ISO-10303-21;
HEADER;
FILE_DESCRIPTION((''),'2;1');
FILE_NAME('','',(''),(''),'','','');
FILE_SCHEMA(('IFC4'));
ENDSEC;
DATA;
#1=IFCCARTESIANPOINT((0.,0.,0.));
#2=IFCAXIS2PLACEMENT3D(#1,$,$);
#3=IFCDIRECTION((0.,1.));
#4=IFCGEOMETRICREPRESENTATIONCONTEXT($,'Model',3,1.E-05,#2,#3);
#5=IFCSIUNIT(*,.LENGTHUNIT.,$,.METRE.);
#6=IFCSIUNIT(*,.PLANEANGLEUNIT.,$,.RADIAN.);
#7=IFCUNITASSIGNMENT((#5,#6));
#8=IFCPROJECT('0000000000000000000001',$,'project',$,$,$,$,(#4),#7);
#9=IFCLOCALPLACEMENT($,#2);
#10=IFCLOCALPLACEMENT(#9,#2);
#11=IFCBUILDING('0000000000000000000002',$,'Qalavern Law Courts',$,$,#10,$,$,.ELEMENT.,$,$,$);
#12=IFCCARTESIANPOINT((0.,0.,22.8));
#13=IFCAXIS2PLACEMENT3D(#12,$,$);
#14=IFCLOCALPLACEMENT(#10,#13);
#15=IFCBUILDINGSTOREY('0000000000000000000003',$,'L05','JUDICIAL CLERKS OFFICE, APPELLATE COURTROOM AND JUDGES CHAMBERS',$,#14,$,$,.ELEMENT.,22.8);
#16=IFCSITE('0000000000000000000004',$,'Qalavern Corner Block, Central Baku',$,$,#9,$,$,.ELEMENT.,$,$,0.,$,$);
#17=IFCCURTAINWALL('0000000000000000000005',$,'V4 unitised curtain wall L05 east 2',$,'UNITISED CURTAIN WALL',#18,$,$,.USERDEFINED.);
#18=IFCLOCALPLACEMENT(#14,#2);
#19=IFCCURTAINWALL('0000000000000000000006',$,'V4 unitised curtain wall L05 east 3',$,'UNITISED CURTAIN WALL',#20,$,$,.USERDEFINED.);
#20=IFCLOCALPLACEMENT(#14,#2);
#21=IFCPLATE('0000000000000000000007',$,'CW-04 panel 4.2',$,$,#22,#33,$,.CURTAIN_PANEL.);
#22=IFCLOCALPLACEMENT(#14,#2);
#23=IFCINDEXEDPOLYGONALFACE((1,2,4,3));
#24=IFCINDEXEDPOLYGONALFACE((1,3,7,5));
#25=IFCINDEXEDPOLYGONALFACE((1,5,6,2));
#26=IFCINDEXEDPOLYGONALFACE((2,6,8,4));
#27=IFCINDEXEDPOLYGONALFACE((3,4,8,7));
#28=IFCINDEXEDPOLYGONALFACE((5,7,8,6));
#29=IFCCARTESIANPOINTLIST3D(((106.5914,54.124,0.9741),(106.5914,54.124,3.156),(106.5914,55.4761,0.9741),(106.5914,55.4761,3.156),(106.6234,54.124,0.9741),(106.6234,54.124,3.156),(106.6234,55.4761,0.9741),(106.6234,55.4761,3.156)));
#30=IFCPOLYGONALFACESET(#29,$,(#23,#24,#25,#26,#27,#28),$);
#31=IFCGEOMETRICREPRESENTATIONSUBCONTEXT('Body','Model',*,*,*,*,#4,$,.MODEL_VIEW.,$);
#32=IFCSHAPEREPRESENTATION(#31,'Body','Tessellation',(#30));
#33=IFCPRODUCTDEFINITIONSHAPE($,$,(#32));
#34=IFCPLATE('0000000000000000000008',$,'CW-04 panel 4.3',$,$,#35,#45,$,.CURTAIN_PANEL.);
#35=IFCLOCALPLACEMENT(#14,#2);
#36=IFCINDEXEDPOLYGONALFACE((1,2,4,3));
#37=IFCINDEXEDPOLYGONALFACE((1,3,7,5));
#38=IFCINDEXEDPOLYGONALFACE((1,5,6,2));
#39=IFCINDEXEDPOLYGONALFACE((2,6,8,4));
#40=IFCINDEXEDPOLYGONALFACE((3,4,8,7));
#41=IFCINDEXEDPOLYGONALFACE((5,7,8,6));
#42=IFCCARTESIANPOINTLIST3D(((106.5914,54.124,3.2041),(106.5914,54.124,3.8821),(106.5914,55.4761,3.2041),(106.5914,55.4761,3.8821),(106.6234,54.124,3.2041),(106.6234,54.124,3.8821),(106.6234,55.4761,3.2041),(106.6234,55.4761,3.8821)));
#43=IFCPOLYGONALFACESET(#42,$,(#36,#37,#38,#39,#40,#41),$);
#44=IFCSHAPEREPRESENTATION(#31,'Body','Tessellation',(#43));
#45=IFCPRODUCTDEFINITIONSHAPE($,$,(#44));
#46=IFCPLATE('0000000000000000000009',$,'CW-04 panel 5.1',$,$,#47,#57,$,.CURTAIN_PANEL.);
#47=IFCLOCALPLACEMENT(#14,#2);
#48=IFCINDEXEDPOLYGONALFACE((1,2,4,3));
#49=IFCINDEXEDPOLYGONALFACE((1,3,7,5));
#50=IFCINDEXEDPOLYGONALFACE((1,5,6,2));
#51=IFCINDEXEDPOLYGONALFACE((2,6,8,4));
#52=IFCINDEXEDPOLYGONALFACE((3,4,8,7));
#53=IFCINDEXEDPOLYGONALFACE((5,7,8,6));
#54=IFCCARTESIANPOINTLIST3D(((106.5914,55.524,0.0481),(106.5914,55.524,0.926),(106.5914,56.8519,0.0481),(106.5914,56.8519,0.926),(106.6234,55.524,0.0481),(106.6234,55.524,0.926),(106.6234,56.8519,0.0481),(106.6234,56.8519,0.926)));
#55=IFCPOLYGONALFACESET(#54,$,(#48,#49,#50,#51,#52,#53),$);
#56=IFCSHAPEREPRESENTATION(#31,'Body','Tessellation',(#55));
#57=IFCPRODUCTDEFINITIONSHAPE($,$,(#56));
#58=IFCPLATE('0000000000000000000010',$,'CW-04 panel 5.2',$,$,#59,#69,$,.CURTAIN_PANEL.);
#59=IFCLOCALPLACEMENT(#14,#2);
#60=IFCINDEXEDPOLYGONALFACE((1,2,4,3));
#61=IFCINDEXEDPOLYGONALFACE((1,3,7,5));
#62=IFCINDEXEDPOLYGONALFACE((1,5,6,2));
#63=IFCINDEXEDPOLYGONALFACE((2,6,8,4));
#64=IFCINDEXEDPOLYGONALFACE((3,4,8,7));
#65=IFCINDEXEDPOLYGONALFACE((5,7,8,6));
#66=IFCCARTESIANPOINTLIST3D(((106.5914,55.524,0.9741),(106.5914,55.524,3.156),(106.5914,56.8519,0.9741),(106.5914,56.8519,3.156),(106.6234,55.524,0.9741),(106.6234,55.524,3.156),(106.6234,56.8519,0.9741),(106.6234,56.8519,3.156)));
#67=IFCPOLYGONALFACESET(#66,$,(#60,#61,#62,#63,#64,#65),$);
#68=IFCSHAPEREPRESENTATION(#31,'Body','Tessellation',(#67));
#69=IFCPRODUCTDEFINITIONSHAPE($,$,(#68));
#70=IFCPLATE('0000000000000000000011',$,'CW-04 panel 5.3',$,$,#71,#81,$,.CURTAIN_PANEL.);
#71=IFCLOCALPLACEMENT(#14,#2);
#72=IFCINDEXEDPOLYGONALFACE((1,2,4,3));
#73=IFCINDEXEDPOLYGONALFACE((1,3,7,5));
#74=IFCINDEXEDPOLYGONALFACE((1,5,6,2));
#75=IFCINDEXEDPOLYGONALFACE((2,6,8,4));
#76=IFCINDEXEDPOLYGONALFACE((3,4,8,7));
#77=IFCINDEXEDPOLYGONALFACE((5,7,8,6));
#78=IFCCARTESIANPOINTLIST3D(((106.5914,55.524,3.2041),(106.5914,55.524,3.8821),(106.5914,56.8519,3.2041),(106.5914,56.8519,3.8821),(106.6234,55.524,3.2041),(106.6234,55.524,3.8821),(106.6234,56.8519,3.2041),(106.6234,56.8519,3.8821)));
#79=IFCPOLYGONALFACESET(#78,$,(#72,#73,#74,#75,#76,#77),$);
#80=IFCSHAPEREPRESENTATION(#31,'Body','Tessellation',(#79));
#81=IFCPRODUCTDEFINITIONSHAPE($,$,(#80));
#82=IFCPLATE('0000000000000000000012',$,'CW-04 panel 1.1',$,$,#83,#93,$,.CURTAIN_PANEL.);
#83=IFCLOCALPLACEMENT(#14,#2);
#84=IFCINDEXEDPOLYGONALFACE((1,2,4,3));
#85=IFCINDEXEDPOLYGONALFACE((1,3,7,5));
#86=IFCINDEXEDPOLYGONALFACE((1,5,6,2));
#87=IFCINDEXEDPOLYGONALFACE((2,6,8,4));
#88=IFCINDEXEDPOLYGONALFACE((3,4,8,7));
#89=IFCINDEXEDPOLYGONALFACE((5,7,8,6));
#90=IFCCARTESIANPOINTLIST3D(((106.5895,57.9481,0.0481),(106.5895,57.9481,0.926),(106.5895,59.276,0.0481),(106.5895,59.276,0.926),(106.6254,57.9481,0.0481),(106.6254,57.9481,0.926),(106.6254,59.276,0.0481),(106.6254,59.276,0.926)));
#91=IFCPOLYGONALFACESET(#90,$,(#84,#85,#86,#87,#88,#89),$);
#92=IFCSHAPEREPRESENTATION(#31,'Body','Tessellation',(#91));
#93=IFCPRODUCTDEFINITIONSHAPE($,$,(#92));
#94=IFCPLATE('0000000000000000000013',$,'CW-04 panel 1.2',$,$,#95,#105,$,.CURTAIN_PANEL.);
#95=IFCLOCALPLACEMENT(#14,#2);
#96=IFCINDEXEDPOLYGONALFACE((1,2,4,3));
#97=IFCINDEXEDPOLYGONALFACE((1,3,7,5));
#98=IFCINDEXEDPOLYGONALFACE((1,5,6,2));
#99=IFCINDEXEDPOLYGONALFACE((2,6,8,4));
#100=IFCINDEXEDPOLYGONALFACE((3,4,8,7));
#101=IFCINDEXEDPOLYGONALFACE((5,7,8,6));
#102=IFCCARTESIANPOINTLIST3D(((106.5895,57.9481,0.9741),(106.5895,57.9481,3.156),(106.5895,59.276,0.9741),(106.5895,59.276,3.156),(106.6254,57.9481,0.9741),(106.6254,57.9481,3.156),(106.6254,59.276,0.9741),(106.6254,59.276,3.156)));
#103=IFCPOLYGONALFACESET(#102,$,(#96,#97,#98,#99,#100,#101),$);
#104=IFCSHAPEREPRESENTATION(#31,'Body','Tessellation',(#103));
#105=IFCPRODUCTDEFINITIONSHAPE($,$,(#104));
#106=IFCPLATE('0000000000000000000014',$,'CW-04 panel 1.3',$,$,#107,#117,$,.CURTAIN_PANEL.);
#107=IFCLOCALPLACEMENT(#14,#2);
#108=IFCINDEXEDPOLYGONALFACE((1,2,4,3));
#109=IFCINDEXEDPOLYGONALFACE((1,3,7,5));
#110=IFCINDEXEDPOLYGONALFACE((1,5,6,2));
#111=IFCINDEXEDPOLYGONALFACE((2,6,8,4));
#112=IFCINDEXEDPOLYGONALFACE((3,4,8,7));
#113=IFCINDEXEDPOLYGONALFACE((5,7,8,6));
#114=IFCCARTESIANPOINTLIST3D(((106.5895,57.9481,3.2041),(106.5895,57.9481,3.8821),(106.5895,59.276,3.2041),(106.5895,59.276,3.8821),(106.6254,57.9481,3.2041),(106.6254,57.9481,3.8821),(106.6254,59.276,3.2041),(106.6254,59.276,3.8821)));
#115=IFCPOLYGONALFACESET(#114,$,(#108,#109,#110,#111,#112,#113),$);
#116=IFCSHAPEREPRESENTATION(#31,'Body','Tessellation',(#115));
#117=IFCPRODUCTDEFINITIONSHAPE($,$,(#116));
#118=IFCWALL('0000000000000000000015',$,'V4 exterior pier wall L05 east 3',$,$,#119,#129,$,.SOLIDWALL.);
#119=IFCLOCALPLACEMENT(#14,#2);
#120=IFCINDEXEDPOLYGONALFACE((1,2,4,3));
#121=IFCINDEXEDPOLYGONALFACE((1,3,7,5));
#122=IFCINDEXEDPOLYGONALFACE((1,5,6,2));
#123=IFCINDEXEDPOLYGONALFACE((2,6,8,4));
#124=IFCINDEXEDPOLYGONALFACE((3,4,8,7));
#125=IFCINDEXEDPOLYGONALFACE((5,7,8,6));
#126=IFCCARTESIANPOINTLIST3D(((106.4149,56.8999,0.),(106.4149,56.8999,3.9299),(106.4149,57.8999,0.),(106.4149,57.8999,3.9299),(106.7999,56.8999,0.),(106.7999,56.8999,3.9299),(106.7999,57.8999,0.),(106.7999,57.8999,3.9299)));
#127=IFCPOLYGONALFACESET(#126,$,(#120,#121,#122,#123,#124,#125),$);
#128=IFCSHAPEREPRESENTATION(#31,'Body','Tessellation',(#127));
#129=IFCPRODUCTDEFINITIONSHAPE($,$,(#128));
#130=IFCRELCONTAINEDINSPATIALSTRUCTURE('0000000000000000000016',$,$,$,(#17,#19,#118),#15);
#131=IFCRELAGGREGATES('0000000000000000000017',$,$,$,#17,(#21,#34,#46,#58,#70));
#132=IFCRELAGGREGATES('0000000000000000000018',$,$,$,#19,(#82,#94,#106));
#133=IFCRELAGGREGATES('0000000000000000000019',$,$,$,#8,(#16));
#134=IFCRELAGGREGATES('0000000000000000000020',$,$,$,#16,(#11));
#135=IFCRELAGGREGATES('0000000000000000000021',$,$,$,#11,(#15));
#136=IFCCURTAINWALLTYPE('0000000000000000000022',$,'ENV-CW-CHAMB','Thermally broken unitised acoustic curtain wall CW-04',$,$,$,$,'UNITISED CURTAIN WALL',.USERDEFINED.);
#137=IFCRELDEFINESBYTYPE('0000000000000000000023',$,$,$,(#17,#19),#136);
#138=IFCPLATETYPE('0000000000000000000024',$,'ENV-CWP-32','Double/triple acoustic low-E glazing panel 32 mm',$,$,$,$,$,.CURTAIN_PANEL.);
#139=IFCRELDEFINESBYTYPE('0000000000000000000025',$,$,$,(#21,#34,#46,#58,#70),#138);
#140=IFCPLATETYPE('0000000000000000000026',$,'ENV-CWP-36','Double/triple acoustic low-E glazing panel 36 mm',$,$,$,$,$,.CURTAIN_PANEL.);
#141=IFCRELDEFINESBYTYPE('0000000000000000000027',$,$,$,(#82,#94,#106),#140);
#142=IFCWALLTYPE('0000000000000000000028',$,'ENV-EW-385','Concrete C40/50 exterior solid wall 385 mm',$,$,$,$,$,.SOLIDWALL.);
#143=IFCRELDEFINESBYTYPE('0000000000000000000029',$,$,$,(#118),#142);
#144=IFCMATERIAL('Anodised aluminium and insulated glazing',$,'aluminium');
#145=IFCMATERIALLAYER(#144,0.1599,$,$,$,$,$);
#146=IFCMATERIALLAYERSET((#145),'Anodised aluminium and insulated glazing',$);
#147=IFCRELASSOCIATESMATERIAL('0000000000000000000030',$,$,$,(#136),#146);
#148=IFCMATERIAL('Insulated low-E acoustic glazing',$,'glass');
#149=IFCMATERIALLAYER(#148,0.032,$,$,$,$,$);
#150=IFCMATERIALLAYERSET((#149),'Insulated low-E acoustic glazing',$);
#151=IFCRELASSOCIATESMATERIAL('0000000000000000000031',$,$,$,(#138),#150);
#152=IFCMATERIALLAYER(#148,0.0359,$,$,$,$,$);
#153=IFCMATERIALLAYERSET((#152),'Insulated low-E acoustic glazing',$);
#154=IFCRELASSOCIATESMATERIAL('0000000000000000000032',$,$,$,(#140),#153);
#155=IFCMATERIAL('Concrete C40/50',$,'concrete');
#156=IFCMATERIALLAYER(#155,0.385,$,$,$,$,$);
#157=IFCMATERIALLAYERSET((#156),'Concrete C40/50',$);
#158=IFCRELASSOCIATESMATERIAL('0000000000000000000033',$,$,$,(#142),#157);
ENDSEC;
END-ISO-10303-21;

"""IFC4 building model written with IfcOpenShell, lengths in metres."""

from ifc_helpers import new_model, si_unit, direction, frame, frame_2d, origin, origin_2d, place, context, subcontext, project, spatial, rectangle, extrude, material, layer, layer_set, type_object, element, aggregate, save


model = new_model("IFC4")

# Units and contexts
model_context = context("Model", 3, precision=1e-05, world=origin(), true_north=direction((0.0, 1.0)))
body_context = subcontext(model_context, "Body", "Model", "MODEL_VIEW")
ifc_project = project(units=[si_unit("LENGTHUNIT", "METRE"), si_unit("PLANEANGLEUNIT", "RADIAN")], contexts=[model_context])

# Site, building, storey
site_placement = place(None, origin())
site = spatial("IfcSite", under=ifc_project, at=site_placement, Name="Qalavern Corner Block, Central Baku", CompositionType="ELEMENT", RefElevation=0.0)
building_placement = place(site_placement, origin())
building = spatial("IfcBuilding", under=site, at=building_placement, Name="Qalavern Law Courts", CompositionType="ELEMENT")
storey_placement = place(building_placement, frame((0.0, 0.0, 22.8)))
storey = spatial("IfcBuildingStorey", under=building, at=storey_placement, Name="L05", Description="JUDICIAL CLERKS OFFICE, APPELLATE COURTROOM AND JUDGES CHAMBERS", CompositionType="ELEMENT", Elevation=22.8)

# Curtain wall
ifc_material_1 = material(Name="Anodised aluminium and insulated glazing", Category="aluminium")
ifc_layer_1 = layer(ifc_material_1, 0.1599)
ifc_layer_set_1 = layer_set([ifc_layer_1], Name="Anodised aluminium and insulated glazing")
curtain_wall_type = type_object("IfcCurtainWallType", Name="ENV-CW-CHAMB", Description="Thermally broken unitised acoustic curtain wall CW-04", ElementType="UNITISED CURTAIN WALL", PredefinedType="USERDEFINED", material=ifc_layer_set_1)
curtain_wall_1_placement = place(storey_placement, origin())
curtain_wall_1 = element("IfcCurtainWall", 1, at=curtain_wall_1_placement, inside=storey, type_object=curtain_wall_type, Name="V4 unitised curtain wall L05 east 2", ObjectType="UNITISED CURTAIN WALL", PredefinedType="USERDEFINED")

# Curtain wall
curtain_wall_2_placement = place(storey_placement, origin())
curtain_wall_2 = element("IfcCurtainWall", 2, at=curtain_wall_2_placement, inside=storey, type_object=curtain_wall_type, Name="V4 unitised curtain wall L05 east 3", ObjectType="UNITISED CURTAIN WALL", PredefinedType="USERDEFINED")

# Plates
ifc_material_2 = material(Name="Insulated low-E acoustic glazing", Category="glass")
ifc_layer_2 = layer(ifc_material_2, 0.032)
ifc_layer_set_2 = layer_set([ifc_layer_2], Name="Insulated low-E acoustic glazing")
plate_type_1 = type_object("IfcPlateType", Name="ENV-CWP-32", Description="Double/triple acoustic low-E glazing panel 32 mm", PredefinedType="CURTAIN_PANEL", material=ifc_layer_set_2)
plate_1_placement = place(storey_placement, frame((106.6074, 54.8, 0.9741), z_axis=(0.0, 0.0, 1.0), x_axis=(0.0, 1.0, 0.0)))
plate_1 = element("IfcPlate", 3, at=plate_1_placement, type_object=plate_type_1, Name="CW-04 panel 4.2", PredefinedType="CURTAIN_PANEL", context=body_context, shape_type="SweptSolid", body=[
    extrude(rectangle(XDim=1.3521, YDim=0.032, at=origin_2d()), origin(), (0.0, 0.0, 1.0), 2.1819),
])
plate_2_placement = place(storey_placement, frame((106.6074, 54.8, 3.2041), z_axis=(0.0, 0.0, 1.0), x_axis=(0.0, 1.0, 0.0)))
plate_2 = element("IfcPlate", 4, at=plate_2_placement, type_object=plate_type_1, Name="CW-04 panel 4.3", PredefinedType="CURTAIN_PANEL", context=body_context, shape_type="SweptSolid", body=[
    extrude(rectangle(XDim=1.3521, YDim=0.032, at=origin_2d()), origin(), (0.0, 0.0, 1.0), 0.678),
])
plate_3_placement = place(storey_placement, frame((106.6074, 56.188, 0.0481), z_axis=(0.0, 0.0, 1.0), x_axis=(0.0, 1.0, 0.0)))
plate_3 = element("IfcPlate", 5, at=plate_3_placement, type_object=plate_type_1, Name="CW-04 panel 5.1", PredefinedType="CURTAIN_PANEL", context=body_context, shape_type="SweptSolid", body=[
    extrude(rectangle(XDim=1.3279, YDim=0.032, at=origin_2d()), origin(), (0.0, 0.0, 1.0), 0.8779),
])
plate_4_placement = place(storey_placement, frame((106.6074, 56.188, 0.9741), z_axis=(0.0, 0.0, 1.0), x_axis=(0.0, 1.0, 0.0)))
plate_4 = element("IfcPlate", 6, at=plate_4_placement, type_object=plate_type_1, Name="CW-04 panel 5.2", PredefinedType="CURTAIN_PANEL", context=body_context, shape_type="SweptSolid", body=[
    extrude(rectangle(XDim=1.3279, YDim=0.032, at=origin_2d()), origin(), (0.0, 0.0, 1.0), 2.1819),
])
plate_5_placement = place(storey_placement, frame((106.6074, 56.188, 3.2041), z_axis=(0.0, 0.0, 1.0), x_axis=(0.0, 1.0, 0.0)))
plate_5 = element("IfcPlate", 7, at=plate_5_placement, type_object=plate_type_1, Name="CW-04 panel 5.3", PredefinedType="CURTAIN_PANEL", context=body_context, shape_type="SweptSolid", body=[
    extrude(rectangle(XDim=1.3279, YDim=0.032, at=origin_2d()), origin(), (0.0, 0.0, 1.0), 0.678),
])
aggregate(curtain_wall_1, [plate_1, plate_2, plate_3, plate_4, plate_5])
ifc_layer_3 = layer(ifc_material_2, 0.0359)
ifc_layer_set_3 = layer_set([ifc_layer_3], Name="Insulated low-E acoustic glazing")
plate_type_2 = type_object("IfcPlateType", Name="ENV-CWP-36", Description="Double/triple acoustic low-E glazing panel 36 mm", PredefinedType="CURTAIN_PANEL", material=ifc_layer_set_3)
plate_6_placement = place(storey_placement, frame((106.6074, 58.6121, 0.0481), z_axis=(0.0, 0.0, 1.0), x_axis=(0.0, 1.0, 0.0)))
plate_6 = element("IfcPlate", 8, at=plate_6_placement, type_object=plate_type_2, Name="CW-04 panel 1.1", PredefinedType="CURTAIN_PANEL", context=body_context, shape_type="SweptSolid", body=[
    extrude(rectangle(XDim=1.3279, YDim=0.0359, at=origin_2d()), origin(), (0.0, 0.0, 1.0), 0.8779),
])
plate_7_placement = place(storey_placement, frame((106.6074, 58.6121, 0.9741), z_axis=(0.0, 0.0, 1.0), x_axis=(0.0, 1.0, 0.0)))
plate_7 = element("IfcPlate", 9, at=plate_7_placement, type_object=plate_type_2, Name="CW-04 panel 1.2", PredefinedType="CURTAIN_PANEL", context=body_context, shape_type="SweptSolid", body=[
    extrude(rectangle(XDim=1.3279, YDim=0.0359, at=origin_2d()), origin(), (0.0, 0.0, 1.0), 2.1819),
])
plate_8_placement = place(storey_placement, frame((106.6074, 58.6121, 3.2041), z_axis=(0.0, 0.0, 1.0), x_axis=(0.0, 1.0, 0.0)))
plate_8 = element("IfcPlate", 10, at=plate_8_placement, type_object=plate_type_2, Name="CW-04 panel 1.3", PredefinedType="CURTAIN_PANEL", context=body_context, shape_type="SweptSolid", body=[
    extrude(rectangle(XDim=1.3279, YDim=0.0359, at=origin_2d()), origin(), (0.0, 0.0, 1.0), 0.678),
])
aggregate(curtain_wall_2, [plate_6, plate_7, plate_8])

# Wall
ifc_material_3 = material(Name="Concrete C40/50", Category="concrete")
ifc_layer_4 = layer(ifc_material_3, 0.385)
ifc_layer_set_4 = layer_set([ifc_layer_4], Name="Concrete C40/50")
wall_type = type_object("IfcWallType", Name="ENV-EW-385", Description="Concrete C40/50 exterior solid wall 385 mm", PredefinedType="SOLIDWALL", material=ifc_layer_set_4)
wall_placement = place(storey_placement, frame((106.6074, 56.8999, 0.0), z_axis=(0.0, 0.0, 1.0), x_axis=(0.0, 1.0, 0.0)))
element("IfcWall", 11, at=wall_placement, inside=storey, type_object=wall_type, Name="V4 exterior pier wall L05 east 3", PredefinedType="SOLIDWALL", context=body_context, shape_type="SweptSolid", body=[
    extrude(rectangle(XDim=1.0, YDim=0.385, at=frame_2d((0.5, 0.0))), origin(), (0.0, 0.0, 1.0), 3.9299),
])

save(model, "model.ifc")
